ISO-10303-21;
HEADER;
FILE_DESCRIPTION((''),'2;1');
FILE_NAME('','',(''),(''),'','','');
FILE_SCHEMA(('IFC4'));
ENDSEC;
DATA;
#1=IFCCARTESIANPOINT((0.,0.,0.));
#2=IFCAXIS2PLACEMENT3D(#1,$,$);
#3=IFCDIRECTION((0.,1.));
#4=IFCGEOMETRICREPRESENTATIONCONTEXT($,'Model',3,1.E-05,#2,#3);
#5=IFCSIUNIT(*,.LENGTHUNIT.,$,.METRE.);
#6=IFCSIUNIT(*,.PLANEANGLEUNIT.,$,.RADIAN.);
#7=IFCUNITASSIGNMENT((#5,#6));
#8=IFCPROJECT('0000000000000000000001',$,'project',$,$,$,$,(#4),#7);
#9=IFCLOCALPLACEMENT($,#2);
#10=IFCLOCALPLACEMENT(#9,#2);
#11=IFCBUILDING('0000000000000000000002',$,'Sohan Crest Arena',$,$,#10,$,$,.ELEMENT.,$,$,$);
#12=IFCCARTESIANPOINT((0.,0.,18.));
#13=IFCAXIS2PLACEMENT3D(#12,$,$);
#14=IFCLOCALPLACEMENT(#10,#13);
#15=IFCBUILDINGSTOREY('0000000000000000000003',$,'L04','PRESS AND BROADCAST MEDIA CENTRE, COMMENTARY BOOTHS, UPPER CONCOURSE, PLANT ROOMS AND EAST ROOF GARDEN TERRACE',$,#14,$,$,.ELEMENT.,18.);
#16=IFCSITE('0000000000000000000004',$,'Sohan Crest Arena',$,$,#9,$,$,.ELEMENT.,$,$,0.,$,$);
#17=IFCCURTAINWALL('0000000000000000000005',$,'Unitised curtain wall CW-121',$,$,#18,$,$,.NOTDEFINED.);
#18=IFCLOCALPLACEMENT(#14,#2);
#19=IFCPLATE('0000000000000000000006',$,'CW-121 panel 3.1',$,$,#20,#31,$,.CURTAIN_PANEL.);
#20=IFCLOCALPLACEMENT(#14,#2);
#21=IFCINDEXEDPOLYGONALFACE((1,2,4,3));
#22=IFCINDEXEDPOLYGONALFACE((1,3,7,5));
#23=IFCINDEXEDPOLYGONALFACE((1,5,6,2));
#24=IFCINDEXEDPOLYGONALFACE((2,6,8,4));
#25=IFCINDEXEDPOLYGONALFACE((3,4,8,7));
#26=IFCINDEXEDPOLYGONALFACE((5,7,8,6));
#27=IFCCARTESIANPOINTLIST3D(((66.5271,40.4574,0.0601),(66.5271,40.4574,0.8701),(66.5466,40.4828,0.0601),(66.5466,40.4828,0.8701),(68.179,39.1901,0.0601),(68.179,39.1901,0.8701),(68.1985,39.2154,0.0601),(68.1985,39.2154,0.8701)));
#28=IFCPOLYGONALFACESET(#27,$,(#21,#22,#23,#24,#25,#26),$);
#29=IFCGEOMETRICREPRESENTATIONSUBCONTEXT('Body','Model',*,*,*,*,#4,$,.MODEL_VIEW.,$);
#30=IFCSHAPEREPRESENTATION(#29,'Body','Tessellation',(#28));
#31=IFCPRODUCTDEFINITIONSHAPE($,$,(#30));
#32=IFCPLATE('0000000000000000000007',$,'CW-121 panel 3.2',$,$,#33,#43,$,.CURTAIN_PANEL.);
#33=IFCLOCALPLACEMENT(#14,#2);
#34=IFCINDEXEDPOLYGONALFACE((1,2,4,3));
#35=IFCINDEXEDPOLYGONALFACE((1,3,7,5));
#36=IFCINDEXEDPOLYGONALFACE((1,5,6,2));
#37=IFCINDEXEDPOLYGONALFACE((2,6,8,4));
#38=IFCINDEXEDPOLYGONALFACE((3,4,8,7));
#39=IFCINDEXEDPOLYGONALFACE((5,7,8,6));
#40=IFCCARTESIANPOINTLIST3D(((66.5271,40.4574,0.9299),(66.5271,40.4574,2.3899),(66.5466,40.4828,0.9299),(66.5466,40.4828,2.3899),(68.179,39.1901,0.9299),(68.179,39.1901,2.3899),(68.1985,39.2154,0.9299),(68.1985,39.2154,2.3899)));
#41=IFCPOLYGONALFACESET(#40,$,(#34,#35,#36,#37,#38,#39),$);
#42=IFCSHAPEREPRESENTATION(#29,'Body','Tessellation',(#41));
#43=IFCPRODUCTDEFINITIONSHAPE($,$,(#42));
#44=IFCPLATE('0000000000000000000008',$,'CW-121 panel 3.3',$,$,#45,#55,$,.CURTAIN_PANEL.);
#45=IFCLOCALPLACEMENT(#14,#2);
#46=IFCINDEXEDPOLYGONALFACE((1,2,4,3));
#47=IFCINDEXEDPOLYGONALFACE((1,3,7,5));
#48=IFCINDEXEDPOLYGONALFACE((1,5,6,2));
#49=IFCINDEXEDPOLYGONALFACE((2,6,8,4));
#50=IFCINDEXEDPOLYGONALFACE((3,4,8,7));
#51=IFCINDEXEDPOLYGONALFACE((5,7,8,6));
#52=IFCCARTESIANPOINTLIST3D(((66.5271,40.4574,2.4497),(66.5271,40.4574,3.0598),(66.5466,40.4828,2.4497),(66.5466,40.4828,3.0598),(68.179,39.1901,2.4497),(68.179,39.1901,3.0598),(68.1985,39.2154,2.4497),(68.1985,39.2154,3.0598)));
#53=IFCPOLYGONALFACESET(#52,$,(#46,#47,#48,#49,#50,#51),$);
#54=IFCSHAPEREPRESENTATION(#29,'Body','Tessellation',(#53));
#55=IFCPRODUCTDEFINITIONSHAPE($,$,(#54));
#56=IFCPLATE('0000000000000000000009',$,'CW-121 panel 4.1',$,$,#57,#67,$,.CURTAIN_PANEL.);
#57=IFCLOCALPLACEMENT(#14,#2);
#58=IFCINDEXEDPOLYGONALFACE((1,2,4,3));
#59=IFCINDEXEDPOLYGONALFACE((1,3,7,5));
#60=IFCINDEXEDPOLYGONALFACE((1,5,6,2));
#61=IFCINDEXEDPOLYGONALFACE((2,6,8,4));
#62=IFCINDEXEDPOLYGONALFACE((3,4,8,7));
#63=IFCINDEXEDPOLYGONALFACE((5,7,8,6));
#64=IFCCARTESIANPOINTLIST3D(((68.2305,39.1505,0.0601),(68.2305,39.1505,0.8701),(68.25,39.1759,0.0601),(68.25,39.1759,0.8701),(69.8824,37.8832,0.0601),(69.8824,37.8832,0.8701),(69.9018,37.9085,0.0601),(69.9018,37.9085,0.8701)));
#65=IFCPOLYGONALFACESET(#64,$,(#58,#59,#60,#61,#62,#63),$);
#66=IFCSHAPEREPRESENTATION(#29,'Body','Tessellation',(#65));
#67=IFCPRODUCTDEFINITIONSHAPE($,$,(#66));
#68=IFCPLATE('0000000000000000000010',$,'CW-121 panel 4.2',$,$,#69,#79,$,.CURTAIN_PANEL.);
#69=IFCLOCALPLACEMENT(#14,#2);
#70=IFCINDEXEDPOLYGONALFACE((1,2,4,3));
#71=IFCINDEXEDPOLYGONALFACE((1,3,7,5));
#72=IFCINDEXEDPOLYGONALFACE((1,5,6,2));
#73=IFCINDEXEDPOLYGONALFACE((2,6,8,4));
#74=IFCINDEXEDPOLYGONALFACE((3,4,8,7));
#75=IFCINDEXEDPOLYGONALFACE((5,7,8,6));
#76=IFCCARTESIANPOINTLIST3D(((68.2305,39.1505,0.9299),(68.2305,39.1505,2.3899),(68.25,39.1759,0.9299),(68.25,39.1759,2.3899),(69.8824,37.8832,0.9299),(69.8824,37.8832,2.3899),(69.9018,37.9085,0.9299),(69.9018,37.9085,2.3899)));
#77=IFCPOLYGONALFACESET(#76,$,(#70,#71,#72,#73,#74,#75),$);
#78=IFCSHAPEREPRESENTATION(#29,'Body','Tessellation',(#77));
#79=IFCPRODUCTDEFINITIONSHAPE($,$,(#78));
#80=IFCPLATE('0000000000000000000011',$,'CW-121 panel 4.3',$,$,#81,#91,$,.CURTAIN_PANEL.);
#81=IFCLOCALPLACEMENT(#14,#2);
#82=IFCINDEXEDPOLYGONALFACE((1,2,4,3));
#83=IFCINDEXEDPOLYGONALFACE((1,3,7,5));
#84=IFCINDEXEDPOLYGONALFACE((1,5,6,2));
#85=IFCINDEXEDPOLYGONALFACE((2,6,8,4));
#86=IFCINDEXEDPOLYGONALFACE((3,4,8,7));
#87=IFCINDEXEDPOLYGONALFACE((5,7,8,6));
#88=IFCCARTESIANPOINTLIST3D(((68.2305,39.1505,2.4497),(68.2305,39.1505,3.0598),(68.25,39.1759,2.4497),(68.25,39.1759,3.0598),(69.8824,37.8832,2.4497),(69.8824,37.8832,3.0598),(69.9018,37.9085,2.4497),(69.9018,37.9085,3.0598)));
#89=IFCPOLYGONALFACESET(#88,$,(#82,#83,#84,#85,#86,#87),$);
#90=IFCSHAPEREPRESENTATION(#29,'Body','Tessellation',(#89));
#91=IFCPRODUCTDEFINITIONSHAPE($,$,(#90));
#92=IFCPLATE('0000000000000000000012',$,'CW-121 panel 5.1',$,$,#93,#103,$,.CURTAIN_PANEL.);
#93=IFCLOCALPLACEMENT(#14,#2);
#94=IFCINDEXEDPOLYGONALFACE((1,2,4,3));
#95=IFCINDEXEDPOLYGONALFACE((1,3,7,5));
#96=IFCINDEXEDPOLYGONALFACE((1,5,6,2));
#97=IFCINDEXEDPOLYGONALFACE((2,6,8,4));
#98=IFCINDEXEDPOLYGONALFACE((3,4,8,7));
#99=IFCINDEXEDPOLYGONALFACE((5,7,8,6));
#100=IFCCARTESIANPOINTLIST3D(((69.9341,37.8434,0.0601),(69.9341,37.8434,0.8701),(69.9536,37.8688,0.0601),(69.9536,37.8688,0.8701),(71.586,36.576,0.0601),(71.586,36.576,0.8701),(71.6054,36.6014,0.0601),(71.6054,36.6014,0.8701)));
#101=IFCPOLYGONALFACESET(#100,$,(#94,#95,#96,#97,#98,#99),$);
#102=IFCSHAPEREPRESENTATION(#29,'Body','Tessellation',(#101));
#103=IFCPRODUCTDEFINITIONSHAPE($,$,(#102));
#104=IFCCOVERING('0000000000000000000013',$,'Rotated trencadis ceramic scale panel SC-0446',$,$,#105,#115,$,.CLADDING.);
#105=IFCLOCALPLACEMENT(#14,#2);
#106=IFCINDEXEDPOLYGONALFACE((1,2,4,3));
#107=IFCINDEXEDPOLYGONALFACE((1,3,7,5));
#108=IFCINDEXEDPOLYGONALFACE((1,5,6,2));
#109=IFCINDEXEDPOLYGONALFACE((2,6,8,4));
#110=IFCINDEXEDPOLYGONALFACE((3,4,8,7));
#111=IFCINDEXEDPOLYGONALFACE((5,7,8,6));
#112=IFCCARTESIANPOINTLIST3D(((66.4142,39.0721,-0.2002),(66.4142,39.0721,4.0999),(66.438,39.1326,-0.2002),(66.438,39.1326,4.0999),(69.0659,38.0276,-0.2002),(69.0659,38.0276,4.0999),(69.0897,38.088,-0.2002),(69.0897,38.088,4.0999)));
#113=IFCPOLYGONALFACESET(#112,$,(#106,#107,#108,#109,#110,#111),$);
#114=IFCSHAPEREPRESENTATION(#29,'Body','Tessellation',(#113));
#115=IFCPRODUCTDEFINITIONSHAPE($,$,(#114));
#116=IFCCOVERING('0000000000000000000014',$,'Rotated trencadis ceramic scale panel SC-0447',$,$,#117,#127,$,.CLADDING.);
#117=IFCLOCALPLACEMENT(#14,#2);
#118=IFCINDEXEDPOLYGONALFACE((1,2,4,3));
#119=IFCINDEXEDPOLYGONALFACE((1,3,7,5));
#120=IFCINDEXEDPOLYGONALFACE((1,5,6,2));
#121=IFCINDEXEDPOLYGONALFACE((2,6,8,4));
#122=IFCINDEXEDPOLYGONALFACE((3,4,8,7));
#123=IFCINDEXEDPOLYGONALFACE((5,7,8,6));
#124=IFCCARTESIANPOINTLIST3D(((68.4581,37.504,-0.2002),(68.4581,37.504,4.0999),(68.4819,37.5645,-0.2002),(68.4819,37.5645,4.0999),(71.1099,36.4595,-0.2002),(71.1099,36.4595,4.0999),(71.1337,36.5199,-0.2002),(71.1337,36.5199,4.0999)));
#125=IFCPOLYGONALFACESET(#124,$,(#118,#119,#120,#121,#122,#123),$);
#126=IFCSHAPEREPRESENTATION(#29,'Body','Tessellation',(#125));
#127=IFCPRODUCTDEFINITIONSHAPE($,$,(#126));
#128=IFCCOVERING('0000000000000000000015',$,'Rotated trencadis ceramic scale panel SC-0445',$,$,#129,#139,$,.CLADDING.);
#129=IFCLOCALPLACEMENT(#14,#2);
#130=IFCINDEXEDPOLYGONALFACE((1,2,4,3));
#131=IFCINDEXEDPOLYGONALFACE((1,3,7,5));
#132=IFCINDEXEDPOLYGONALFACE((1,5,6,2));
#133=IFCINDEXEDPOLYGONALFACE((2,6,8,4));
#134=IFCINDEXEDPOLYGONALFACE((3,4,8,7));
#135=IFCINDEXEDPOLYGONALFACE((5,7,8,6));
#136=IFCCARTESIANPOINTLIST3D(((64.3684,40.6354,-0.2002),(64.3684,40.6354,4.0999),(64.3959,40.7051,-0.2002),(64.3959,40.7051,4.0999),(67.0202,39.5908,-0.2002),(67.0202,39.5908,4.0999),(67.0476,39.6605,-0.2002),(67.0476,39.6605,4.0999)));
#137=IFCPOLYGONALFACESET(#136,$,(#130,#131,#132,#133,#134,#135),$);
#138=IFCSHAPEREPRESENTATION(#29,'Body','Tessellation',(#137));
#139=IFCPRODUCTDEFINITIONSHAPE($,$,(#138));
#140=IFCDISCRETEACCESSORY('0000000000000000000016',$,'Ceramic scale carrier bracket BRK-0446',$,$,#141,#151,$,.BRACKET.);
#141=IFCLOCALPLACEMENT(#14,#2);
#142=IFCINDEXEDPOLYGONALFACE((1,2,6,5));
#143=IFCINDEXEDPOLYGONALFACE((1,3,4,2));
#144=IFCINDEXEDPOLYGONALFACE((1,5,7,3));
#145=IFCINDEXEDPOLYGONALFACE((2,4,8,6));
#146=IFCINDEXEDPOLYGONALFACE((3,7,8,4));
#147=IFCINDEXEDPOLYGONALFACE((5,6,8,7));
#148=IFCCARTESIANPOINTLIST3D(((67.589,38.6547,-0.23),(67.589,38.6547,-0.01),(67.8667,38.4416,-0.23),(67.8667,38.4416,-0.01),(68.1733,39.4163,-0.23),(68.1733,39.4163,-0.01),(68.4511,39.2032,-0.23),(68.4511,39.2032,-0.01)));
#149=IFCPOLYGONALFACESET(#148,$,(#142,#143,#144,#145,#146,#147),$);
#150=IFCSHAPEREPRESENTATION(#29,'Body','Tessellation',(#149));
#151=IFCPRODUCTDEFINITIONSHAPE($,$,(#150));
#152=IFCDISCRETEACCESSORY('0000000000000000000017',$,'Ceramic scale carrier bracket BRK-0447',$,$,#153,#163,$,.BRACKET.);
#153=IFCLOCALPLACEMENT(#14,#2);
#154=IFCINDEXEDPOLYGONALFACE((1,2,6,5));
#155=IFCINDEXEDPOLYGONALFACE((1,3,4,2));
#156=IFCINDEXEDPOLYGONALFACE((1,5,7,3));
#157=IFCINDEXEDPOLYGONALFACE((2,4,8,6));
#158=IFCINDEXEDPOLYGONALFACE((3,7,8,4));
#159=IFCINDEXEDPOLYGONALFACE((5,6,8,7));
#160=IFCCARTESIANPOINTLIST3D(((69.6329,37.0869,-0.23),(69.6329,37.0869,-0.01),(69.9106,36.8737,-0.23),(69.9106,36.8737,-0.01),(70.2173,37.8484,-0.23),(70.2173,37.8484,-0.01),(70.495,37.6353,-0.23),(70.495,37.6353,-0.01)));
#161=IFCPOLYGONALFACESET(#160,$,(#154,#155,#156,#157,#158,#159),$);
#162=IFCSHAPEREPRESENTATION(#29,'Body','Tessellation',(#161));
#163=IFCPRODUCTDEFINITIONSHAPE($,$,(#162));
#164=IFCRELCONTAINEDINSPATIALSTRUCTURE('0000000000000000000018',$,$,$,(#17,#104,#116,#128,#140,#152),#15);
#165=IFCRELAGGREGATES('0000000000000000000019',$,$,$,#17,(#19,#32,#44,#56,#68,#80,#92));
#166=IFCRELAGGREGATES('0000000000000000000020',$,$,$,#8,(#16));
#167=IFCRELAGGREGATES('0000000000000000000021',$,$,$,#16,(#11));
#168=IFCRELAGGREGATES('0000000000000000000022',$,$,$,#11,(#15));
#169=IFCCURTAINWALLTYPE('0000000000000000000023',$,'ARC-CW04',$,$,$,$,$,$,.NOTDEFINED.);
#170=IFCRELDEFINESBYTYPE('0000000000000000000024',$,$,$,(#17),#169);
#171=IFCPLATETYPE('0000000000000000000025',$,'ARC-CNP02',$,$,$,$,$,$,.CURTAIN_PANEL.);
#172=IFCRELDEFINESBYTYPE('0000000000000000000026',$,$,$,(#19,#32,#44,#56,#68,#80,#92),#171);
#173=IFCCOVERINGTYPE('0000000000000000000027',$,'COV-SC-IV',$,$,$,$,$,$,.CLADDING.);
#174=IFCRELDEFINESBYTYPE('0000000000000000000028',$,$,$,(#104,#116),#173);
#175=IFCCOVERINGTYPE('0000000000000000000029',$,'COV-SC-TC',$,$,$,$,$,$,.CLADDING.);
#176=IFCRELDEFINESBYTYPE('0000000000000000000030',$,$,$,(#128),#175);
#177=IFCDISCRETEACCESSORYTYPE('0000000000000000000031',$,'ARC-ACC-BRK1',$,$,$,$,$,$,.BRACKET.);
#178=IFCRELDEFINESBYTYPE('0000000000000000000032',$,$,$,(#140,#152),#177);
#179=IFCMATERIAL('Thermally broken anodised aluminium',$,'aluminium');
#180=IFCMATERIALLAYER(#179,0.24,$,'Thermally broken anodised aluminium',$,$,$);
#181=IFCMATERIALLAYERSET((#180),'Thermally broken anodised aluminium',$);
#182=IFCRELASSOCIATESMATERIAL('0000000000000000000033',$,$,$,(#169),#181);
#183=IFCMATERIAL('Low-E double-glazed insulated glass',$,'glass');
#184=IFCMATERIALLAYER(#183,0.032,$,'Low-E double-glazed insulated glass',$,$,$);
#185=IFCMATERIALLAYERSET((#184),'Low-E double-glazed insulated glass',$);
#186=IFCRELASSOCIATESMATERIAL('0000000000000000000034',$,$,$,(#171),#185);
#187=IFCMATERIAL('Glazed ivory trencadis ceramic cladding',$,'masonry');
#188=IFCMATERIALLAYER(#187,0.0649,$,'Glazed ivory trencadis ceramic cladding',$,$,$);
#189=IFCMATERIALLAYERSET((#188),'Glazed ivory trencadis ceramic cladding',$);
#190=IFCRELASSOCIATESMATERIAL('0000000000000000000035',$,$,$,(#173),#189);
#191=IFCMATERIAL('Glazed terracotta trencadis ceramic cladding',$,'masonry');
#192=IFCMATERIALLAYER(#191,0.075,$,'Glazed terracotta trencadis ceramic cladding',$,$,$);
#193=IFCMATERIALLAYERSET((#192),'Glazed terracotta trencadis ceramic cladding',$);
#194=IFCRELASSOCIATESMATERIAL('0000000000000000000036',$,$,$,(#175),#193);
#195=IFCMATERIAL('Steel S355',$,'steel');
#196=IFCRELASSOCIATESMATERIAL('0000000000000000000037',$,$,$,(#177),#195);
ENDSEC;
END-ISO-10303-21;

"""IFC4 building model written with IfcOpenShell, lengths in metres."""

from ifc_helpers import new_model, si_unit, direction, frame, origin, origin_2d, place, context, subcontext, project, spatial, rectangle, extrude, material, layer, layer_set, type_object, element, aggregate, save


model = new_model("IFC4")

# Units and contexts
model_context = context("Model", 3, precision=1e-05, world=origin(), true_north=direction((0.0, 1.0)))
body_context = subcontext(model_context, "Body", "Model", "MODEL_VIEW")
ifc_project = project(units=[si_unit("LENGTHUNIT", "METRE"), si_unit("PLANEANGLEUNIT", "RADIAN")], contexts=[model_context])

# Site, building, storey
site_placement = place(None, origin())
site = spatial("IfcSite", under=ifc_project, at=site_placement, Name="Sohan Crest Arena", CompositionType="ELEMENT", RefElevation=0.0)
building_placement = place(site_placement, origin())
building = spatial("IfcBuilding", under=site, at=building_placement, Name="Sohan Crest Arena", CompositionType="ELEMENT")
storey_placement = place(building_placement, frame((0.0, 0.0, 18.0)))
storey = spatial("IfcBuildingStorey", under=building, at=storey_placement, Name="L04", Description="PRESS AND BROADCAST MEDIA CENTRE, COMMENTARY BOOTHS, UPPER CONCOURSE, PLANT ROOMS AND EAST ROOF GARDEN TERRACE", CompositionType="ELEMENT", Elevation=18.0)

# Curtain wall, plates
ifc_material_1 = material(Name="Thermally broken anodised aluminium", Category="aluminium")
ifc_layer_1 = layer(ifc_material_1, 0.24, Name="Thermally broken anodised aluminium")
ifc_layer_set_1 = layer_set([ifc_layer_1], Name="Thermally broken anodised aluminium")
curtain_wall_type = type_object("IfcCurtainWallType", Name="ARC-CW04", PredefinedType="NOTDEFINED", material=ifc_layer_set_1)
curtain_wall_placement = place(storey_placement, origin())
curtain_wall = element("IfcCurtainWall", 1, at=curtain_wall_placement, inside=storey, type_object=curtain_wall_type, Name="Unitised curtain wall CW-121", PredefinedType="NOTDEFINED")
ifc_material_2 = material(Name="Low-E double-glazed insulated glass", Category="glass")
ifc_layer_2 = layer(ifc_material_2, 0.032, Name="Low-E double-glazed insulated glass")
ifc_layer_set_2 = layer_set([ifc_layer_2], Name="Low-E double-glazed insulated glass")
plate_type = type_object("IfcPlateType", Name="ARC-CNP02", PredefinedType="CURTAIN_PANEL", material=ifc_layer_set_2)
plate_1_placement = place(storey_placement, frame((67.3628, 39.8364, 0.0601), z_axis=(0.0, 0.0, 1.0), x_axis=(0.793385, -0.60872, 0.0)))
plate_1 = element("IfcPlate", 2, at=plate_1_placement, type_object=plate_type, Name="CW-121 panel 3.1", PredefinedType="CURTAIN_PANEL", context=body_context, shape_type="SweptSolid", body=[
    extrude(rectangle(XDim=2.082, YDim=0.032, at=origin_2d()), origin(), (0.0, 0.0, 1.0), 0.8101),
])
plate_2_placement = place(storey_placement, frame((67.3628, 39.8364, 0.9299), z_axis=(0.0, 0.0, 1.0), x_axis=(0.793385, -0.60872, 0.0)))
plate_2 = element("IfcPlate", 3, at=plate_2_placement, type_object=plate_type, Name="CW-121 panel 3.2", PredefinedType="CURTAIN_PANEL", context=body_context, shape_type="SweptSolid", body=[
    extrude(rectangle(XDim=2.082, YDim=0.032, at=origin_2d()), origin(), (0.0, 0.0, 1.0), 1.46),
])
plate_3_placement = place(storey_placement, frame((67.3628, 39.8364, 2.4497), z_axis=(0.0, 0.0, 1.0), x_axis=(0.793385, -0.60872, 0.0)))
plate_3 = element("IfcPlate", 4, at=plate_3_placement, type_object=plate_type, Name="CW-121 panel 3.3", PredefinedType="CURTAIN_PANEL", context=body_context, shape_type="SweptSolid", body=[
    extrude(rectangle(XDim=2.082, YDim=0.032, at=origin_2d()), origin(), (0.0, 0.0, 1.0), 0.6101),
])
plate_4_placement = place(storey_placement, frame((69.0662, 38.5295, 0.0601), z_axis=(0.0, 0.0, 1.0), x_axis=(0.793385, -0.60872, 0.0)))
plate_4 = element("IfcPlate", 5, at=plate_4_placement, type_object=plate_type, Name="CW-121 panel 4.1", PredefinedType="CURTAIN_PANEL", context=body_context, shape_type="SweptSolid", body=[
    extrude(rectangle(XDim=2.082, YDim=0.032, at=origin_2d()), origin(), (0.0, 0.0, 1.0), 0.8101),
])
plate_5_placement = place(storey_placement, frame((69.0662, 38.5295, 0.9299), z_axis=(0.0, 0.0, 1.0), x_axis=(0.793385, -0.60872, 0.0)))
plate_5 = element("IfcPlate", 6, at=plate_5_placement, type_object=plate_type, Name="CW-121 panel 4.2", PredefinedType="CURTAIN_PANEL", context=body_context, shape_type="SweptSolid", body=[
    extrude(rectangle(XDim=2.082, YDim=0.032, at=origin_2d()), origin(), (0.0, 0.0, 1.0), 1.46),
])
plate_6_placement = place(storey_placement, frame((69.0662, 38.5295, 2.4497), z_axis=(0.0, 0.0, 1.0), x_axis=(0.793385, -0.60872, 0.0)))
plate_6 = element("IfcPlate", 7, at=plate_6_placement, type_object=plate_type, Name="CW-121 panel 4.3", PredefinedType="CURTAIN_PANEL", context=body_context, shape_type="SweptSolid", body=[
    extrude(rectangle(XDim=2.082, YDim=0.032, at=origin_2d()), origin(), (0.0, 0.0, 1.0), 0.6101),
])
plate_7_placement = place(storey_placement, frame((70.7698, 37.2224, 0.0601), z_axis=(0.0, 0.0, 1.0), x_axis=(0.793385, -0.60872, 0.0)))
plate_7 = element("IfcPlate", 8, at=plate_7_placement, type_object=plate_type, Name="CW-121 panel 5.1", PredefinedType="CURTAIN_PANEL", context=body_context, shape_type="SweptSolid", body=[
    extrude(rectangle(XDim=2.082, YDim=0.032, at=origin_2d()), origin(), (0.0, 0.0, 1.0), 0.8101),
])
aggregate(curtain_wall, [plate_1, plate_2, plate_3, plate_4, plate_5, plate_6, plate_7])

# Coverings
ifc_material_3 = material(Name="Glazed ivory trencadis ceramic cladding", Category="masonry")
ifc_layer_3 = layer(ifc_material_3, 0.0649, Name="Glazed ivory trencadis ceramic cladding")
ifc_layer_set_3 = layer_set([ifc_layer_3], Name="Glazed ivory trencadis ceramic cladding")
covering_type_1 = type_object("IfcCoveringType", Name="COV-SC-IV", PredefinedType="CLADDING", material=ifc_layer_set_3)
for number, where, z_axis, x_axis, name in (
    (9, (67.752, 38.5801, -0.2002), (0.0, 0.0, 1.0), (0.930418, -0.366501, 0.0), "Rotated trencadis ceramic scale panel SC-0446"),
    (10, (69.7959, 37.012, -0.2002), (0.0, 0.0, 1.0), (0.930418, -0.366501, 0.0), "Rotated trencadis ceramic scale panel SC-0447"),
):
    element("IfcCovering", number, at=place(storey_placement, frame(where, z_axis=z_axis, x_axis=x_axis)), inside=storey, type_object=covering_type_1, Name=name, PredefinedType="CLADDING", context=body_context, shape_type="SweptSolid", body=[
        extrude(rectangle(XDim=2.8501, YDim=0.0649, at=origin_2d()), origin(), (0.0, 0.0, 1.0), 4.3),
    ])
ifc_material_4 = material(Name="Glazed terracotta trencadis ceramic cladding", Category="masonry")
ifc_layer_4 = layer(ifc_material_4, 0.075, Name="Glazed terracotta trencadis ceramic cladding")
ifc_layer_set_4 = layer_set([ifc_layer_4], Name="Glazed terracotta trencadis ceramic cladding")
covering_type_2 = type_object("IfcCoveringType", Name="COV-SC-TC", PredefinedType="CLADDING", material=ifc_layer_set_4)
covering_placement = place(storey_placement, frame((65.708, 40.1479, -0.2002), z_axis=(0.0, 0.0, 1.0), x_axis=(0.930418, -0.366501, 0.0)))
element("IfcCovering", 11, at=covering_placement, inside=storey, type_object=covering_type_2, Name="Rotated trencadis ceramic scale panel SC-0445", PredefinedType="CLADDING", context=body_context, shape_type="SweptSolid", body=[
    extrude(rectangle(XDim=2.8501, YDim=0.075, at=origin_2d()), origin(), (0.0, 0.0, 1.0), 4.3),
])

# Discrete accessories
ifc_material_5 = material(Name="Steel S355", Category="steel")
discrete_accessory_type = type_object("IfcDiscreteAccessoryType", Name="ARC-ACC-BRK1", PredefinedType="BRACKET", material=ifc_material_5)
for number, where, z_axis, x_axis, name in (
    (12, (68.02, 38.929, -0.23), (0.0, 0.0, 1.0), (0.793353, -0.608761, 0.0), "Ceramic scale carrier bracket BRK-0446"),
    (13, (70.064, 37.3611, -0.23), (0.0, 0.0, 1.0), (0.793353, -0.608761, 0.0), "Ceramic scale carrier bracket BRK-0447"),
):
    element("IfcDiscreteAccessory", number, at=place(storey_placement, frame(where, z_axis=z_axis, x_axis=x_axis)), inside=storey, type_object=discrete_accessory_type, Name=name, PredefinedType="BRACKET", context=body_context, shape_type="SweptSolid", body=[
        extrude(rectangle(XDim=0.3501, YDim=0.96, at=origin_2d()), origin(), (0.0, 0.0, 1.0), 0.22),
    ])

save(model, "model.ifc")
